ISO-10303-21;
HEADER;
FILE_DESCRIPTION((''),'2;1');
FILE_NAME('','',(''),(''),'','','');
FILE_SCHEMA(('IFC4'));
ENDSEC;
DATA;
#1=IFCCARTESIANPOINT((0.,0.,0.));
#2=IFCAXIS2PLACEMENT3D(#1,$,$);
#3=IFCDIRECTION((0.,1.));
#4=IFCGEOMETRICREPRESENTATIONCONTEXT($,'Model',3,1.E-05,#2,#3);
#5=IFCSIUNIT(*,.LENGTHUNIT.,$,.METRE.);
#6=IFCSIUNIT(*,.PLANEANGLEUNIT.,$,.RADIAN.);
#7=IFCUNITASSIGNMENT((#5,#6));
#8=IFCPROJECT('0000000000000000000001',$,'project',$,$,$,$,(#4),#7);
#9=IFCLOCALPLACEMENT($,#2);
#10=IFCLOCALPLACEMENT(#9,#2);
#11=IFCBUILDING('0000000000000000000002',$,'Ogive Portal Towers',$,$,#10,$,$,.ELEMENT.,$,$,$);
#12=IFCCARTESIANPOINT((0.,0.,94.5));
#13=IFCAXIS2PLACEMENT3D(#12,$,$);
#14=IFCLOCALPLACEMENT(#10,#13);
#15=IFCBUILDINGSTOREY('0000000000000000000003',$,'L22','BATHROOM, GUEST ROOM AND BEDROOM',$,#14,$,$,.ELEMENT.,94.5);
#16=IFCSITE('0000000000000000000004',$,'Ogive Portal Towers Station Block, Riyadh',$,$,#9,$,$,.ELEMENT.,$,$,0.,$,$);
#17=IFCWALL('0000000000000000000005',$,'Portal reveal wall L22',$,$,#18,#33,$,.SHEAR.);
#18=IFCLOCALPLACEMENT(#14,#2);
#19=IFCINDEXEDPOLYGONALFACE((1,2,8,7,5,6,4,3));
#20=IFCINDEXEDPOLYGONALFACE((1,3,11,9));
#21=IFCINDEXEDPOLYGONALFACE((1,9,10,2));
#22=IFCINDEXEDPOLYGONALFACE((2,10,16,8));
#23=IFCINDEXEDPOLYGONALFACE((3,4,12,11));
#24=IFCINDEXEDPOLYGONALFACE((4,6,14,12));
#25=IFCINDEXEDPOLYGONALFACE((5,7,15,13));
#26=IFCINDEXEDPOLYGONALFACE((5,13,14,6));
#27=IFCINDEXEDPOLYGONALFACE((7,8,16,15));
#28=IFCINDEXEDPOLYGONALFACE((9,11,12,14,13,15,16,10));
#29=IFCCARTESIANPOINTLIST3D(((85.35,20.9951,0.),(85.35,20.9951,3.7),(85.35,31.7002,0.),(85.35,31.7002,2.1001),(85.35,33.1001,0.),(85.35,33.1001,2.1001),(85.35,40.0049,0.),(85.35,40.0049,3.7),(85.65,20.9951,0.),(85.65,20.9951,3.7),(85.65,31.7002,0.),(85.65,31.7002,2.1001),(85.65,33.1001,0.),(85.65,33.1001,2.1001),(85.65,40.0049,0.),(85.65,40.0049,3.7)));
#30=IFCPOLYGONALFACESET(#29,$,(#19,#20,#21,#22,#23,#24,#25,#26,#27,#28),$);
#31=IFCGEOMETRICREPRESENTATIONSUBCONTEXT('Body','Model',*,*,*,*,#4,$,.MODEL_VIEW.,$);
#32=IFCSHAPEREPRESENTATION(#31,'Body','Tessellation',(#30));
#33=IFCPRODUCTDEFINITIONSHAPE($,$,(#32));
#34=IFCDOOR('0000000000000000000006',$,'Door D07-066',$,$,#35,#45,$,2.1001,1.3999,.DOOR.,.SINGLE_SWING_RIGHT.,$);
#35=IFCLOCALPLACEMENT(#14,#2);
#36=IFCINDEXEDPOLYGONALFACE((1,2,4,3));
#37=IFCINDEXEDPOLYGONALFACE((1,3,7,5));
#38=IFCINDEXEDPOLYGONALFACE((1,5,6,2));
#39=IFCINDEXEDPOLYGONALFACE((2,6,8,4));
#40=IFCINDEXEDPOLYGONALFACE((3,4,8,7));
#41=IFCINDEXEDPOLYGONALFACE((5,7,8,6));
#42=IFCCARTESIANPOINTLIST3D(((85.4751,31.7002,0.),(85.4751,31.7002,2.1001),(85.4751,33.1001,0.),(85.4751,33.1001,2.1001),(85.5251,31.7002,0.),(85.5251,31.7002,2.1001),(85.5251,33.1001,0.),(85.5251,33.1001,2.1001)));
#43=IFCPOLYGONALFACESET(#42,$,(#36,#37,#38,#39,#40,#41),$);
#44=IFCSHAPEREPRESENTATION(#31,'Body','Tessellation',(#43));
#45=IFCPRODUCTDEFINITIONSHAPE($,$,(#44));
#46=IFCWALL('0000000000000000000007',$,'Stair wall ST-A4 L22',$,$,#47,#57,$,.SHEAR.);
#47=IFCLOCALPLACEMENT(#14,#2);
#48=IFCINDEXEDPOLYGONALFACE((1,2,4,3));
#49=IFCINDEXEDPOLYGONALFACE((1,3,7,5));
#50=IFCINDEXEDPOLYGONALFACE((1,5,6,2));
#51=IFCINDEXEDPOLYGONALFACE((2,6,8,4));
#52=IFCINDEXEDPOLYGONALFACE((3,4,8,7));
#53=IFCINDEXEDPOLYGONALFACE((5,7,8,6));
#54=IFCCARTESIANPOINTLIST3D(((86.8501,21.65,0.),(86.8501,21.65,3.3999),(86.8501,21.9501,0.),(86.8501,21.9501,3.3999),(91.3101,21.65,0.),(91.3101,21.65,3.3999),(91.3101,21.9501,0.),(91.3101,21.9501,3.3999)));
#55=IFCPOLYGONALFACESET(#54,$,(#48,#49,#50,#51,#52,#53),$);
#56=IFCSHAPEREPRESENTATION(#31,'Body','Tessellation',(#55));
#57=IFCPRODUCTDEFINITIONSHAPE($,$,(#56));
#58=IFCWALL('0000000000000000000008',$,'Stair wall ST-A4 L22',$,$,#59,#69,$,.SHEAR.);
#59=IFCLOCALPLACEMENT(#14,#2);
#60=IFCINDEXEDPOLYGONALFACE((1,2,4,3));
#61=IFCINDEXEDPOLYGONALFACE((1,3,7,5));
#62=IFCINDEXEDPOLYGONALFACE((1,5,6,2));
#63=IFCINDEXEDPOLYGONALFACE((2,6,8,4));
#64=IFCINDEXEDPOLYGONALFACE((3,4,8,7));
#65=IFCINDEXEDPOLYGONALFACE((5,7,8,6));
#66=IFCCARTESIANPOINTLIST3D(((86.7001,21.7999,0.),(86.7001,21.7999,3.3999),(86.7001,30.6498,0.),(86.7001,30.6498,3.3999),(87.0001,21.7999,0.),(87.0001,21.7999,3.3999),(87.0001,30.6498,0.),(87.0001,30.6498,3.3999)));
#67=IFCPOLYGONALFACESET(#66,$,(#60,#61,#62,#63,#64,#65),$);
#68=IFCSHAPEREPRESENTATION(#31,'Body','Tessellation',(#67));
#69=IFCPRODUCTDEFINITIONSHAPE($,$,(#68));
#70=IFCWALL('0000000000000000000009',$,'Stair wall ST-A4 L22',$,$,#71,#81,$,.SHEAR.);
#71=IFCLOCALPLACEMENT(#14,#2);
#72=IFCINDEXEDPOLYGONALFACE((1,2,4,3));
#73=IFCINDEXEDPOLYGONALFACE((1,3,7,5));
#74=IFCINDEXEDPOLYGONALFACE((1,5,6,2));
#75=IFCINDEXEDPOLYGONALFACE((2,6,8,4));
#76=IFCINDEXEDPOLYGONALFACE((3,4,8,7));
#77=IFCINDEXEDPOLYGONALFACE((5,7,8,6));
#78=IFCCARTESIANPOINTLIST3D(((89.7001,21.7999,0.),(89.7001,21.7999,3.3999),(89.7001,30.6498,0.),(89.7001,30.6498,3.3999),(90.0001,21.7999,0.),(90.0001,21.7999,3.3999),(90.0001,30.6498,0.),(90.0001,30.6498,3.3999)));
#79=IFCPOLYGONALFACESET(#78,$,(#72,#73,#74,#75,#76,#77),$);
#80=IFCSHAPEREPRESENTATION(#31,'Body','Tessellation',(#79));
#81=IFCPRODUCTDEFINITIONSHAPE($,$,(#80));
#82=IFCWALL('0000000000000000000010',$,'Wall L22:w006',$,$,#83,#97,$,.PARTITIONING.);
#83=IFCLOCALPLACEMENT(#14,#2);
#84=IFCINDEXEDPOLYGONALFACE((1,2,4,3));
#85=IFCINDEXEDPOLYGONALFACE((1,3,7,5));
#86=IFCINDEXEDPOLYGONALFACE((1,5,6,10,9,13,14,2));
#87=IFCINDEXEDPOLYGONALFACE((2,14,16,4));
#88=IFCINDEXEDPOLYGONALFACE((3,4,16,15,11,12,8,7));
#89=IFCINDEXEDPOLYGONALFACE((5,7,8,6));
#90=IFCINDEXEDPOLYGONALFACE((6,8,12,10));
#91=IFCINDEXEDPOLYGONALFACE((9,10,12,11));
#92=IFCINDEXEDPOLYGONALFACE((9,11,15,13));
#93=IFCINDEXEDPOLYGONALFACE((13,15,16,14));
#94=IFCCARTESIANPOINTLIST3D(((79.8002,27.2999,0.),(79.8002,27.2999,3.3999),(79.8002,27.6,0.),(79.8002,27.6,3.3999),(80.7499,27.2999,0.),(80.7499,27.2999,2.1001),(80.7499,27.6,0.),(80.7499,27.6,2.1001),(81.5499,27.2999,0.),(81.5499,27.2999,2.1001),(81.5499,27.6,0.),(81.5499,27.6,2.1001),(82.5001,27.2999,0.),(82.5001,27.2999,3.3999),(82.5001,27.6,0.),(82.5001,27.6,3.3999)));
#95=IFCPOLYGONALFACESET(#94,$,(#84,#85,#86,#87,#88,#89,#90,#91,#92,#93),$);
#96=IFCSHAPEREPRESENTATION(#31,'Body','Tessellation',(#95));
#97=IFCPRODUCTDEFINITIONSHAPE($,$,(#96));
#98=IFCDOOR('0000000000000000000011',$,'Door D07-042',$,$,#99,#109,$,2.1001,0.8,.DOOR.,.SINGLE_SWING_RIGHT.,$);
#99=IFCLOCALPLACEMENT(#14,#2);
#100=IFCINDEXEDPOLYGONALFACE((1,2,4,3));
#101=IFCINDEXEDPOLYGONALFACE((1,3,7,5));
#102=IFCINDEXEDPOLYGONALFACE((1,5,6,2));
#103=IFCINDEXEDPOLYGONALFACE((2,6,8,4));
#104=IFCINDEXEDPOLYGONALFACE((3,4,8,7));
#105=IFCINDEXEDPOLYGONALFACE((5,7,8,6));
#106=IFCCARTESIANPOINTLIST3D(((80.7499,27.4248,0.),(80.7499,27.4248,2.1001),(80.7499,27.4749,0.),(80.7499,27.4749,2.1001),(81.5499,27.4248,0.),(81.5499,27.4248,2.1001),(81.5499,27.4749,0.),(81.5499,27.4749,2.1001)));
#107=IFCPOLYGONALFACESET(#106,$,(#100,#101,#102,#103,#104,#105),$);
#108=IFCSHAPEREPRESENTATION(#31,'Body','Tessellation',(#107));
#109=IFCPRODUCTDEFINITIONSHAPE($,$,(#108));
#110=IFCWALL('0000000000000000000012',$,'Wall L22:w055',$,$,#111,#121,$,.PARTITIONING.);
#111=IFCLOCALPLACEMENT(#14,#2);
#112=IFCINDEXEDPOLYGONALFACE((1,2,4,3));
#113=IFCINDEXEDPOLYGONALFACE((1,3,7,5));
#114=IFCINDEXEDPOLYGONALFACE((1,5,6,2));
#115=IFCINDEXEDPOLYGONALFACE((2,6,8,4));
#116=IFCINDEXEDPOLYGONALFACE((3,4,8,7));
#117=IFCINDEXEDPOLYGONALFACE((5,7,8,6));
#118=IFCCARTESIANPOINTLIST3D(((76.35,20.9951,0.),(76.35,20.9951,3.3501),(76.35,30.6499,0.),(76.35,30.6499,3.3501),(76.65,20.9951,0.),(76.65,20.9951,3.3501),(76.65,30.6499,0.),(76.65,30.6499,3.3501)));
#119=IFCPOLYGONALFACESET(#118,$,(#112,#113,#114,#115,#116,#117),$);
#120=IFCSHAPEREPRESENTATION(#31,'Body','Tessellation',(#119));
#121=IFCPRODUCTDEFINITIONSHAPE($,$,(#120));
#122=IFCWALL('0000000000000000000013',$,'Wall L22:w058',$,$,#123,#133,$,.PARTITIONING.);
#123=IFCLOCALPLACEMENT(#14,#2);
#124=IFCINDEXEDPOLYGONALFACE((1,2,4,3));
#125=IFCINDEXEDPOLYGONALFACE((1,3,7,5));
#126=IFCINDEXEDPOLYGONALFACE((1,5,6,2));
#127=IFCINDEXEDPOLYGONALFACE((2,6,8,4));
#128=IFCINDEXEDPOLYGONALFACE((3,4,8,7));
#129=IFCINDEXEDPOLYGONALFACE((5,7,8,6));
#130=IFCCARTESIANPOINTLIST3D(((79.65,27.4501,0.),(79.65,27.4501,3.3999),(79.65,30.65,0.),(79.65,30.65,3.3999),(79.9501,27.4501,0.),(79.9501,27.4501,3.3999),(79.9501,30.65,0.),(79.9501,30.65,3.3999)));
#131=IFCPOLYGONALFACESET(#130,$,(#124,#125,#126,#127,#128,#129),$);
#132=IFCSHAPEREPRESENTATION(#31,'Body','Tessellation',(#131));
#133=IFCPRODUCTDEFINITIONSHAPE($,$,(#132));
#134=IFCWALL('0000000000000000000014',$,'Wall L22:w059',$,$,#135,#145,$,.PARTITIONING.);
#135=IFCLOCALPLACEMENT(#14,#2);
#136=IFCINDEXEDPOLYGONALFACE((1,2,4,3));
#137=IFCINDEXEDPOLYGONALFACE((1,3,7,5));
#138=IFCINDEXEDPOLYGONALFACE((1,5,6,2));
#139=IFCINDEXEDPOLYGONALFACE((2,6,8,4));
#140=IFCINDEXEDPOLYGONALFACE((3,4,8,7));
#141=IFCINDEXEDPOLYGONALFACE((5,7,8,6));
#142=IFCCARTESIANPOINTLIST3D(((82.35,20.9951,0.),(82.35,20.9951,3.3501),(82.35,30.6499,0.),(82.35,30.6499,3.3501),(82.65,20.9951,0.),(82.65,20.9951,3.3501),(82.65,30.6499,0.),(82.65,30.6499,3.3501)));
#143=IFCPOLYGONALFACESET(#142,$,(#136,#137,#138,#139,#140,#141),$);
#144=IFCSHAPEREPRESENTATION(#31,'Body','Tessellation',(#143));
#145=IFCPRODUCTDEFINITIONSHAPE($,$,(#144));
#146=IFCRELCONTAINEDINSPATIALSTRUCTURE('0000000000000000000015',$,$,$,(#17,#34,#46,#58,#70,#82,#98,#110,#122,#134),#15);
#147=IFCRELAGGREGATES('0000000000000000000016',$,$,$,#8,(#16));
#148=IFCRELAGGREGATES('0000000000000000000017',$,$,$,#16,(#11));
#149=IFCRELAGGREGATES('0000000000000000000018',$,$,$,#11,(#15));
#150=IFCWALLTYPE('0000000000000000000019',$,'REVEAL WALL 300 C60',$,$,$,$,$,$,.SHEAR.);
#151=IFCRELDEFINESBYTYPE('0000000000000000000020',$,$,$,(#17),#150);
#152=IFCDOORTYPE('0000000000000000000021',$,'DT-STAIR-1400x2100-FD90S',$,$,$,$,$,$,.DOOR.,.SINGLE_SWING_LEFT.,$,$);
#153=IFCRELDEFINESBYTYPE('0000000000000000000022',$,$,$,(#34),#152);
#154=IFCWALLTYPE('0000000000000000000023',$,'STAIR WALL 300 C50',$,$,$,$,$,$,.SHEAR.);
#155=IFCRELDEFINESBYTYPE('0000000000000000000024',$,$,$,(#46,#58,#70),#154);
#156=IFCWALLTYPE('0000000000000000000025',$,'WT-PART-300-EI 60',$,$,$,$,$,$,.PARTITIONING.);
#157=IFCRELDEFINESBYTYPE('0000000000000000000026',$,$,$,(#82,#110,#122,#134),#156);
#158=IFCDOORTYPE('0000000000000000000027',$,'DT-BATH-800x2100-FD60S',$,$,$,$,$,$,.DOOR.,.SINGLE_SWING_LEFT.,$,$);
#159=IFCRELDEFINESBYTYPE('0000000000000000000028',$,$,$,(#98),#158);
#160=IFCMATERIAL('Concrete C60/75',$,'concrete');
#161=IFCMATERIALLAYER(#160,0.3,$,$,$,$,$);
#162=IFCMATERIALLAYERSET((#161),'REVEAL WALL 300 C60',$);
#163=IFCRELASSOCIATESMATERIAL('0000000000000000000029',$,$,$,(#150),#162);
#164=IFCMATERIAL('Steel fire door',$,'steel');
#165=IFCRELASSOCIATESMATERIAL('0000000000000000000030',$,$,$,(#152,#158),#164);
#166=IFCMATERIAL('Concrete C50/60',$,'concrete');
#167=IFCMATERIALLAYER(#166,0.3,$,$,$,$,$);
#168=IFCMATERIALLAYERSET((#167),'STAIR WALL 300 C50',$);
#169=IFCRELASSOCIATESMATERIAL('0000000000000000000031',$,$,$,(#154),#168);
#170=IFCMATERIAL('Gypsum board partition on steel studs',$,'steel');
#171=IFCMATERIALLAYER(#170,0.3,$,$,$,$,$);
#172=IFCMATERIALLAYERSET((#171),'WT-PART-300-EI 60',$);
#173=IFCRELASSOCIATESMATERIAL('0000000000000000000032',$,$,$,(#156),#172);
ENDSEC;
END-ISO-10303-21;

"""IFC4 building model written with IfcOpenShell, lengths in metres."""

from ifc_helpers import new_model, si_unit, direction, frame, frame_2d, origin, place, context, subcontext, project, spatial, rectangle, extrude, material, layer, layer_set, type_object, element, fill, save


model = new_model("IFC4")

# Units and contexts
model_context = context("Model", 3, precision=1e-05, world=origin(), true_north=direction((0.0, 1.0)))
body_context = subcontext(model_context, "Body", "Model", "MODEL_VIEW")
ifc_project = project(units=[si_unit("LENGTHUNIT", "METRE"), si_unit("PLANEANGLEUNIT", "RADIAN")], contexts=[model_context])

# Site, building, storey
site_placement = place(None, origin())
site = spatial("IfcSite", under=ifc_project, at=site_placement, Name="Ogive Portal Towers Station Block, Riyadh", CompositionType="ELEMENT", RefElevation=0.0)
building_placement = place(site_placement, origin())
building = spatial("IfcBuilding", under=site, at=building_placement, Name="Ogive Portal Towers", CompositionType="ELEMENT")
storey_placement = place(building_placement, frame((0.0, 0.0, 94.5)))
storey = spatial("IfcBuildingStorey", under=building, at=storey_placement, Name="L22", Description="BATHROOM, GUEST ROOM AND BEDROOM", CompositionType="ELEMENT", Elevation=94.5)

# Shared definitions
ifc_material_1 = material(Name="Concrete C60/75", Category="concrete")

# Wall, opening, door
ifc_layer_1 = layer(ifc_material_1, 0.3)
ifc_layer_set_1 = layer_set([ifc_layer_1], Name="REVEAL WALL 300 C60")
wall_type_1 = type_object("IfcWallType", Name="REVEAL WALL 300 C60", PredefinedType="SHEAR", material=ifc_layer_set_1)
wall_1_placement = place(storey_placement, frame((85.5, 20.9951, 0.0), z_axis=(0.0, 0.0, 1.0), x_axis=(0.0, 1.0, 0.0)))
wall_1 = element("IfcWall", 1, at=wall_1_placement, inside=storey, type_object=wall_type_1, Name="Portal reveal wall L22", PredefinedType="SHEAR", context=body_context, shape_type="SweptSolid", body=[
    extrude(rectangle(XDim=19.0098, YDim=0.3, at=frame_2d((9.5049, 0.0))), origin(), (0.0, 0.0, 1.0), 3.7),
])
opening_1_placement = place(wall_1_placement, frame((10.7051, 0.0, 0.0)))
opening_1 = element("IfcOpeningElement", 2, at=opening_1_placement, cuts=wall_1, PredefinedType="OPENING", context=body_context, shape_type="SweptSolid", body=[
    extrude(rectangle(XDim=1.3999, YDim=2.1001, at=frame_2d((0.7, 1.05))), frame((0.0, 0.1602, 0.0), z_axis=(0.0, -1.0, 0.0), x_axis=(1.0, 0.0, 0.0)), (0.0, 0.0, 1.0), 0.3201),
])
ifc_material_2 = material(Name="Steel fire door", Category="steel")
door_type_1 = type_object("IfcDoorType", Name="DT-STAIR-1400x2100-FD90S", OperationType="SINGLE_SWING_LEFT", PredefinedType="DOOR", material=ifc_material_2)
door_1_placement = place(opening_1_placement, origin())
door_1 = element("IfcDoor", 3, at=door_1_placement, inside=storey, type_object=door_type_1, Name="Door D07-066", OperationType="SINGLE_SWING_RIGHT", OverallHeight=2.1001, OverallWidth=1.3999, PredefinedType="DOOR", context=body_context, shape_type="SweptSolid", body=[
    extrude(rectangle(XDim=1.3999, YDim=2.1001, at=frame_2d((0.7, 1.05))), frame((0.0, 0.0249, 0.0), z_axis=(0.0, -1.0, 0.0), x_axis=(1.0, 0.0, 0.0)), (0.0, 0.0, 1.0), 0.05),
])
fill(opening_1, door_1)

# Walls
ifc_material_3 = material(Name="Concrete C50/60", Category="concrete")
ifc_layer_2 = layer(ifc_material_3, 0.3)
ifc_layer_set_2 = layer_set([ifc_layer_2], Name="STAIR WALL 300 C50")
wall_type_2 = type_object("IfcWallType", Name="STAIR WALL 300 C50", PredefinedType="SHEAR", material=ifc_layer_set_2)
wall_2_placement = place(storey_placement, frame((86.8501, 21.8, 0.0), z_axis=(0.0, 0.0, 1.0), x_axis=(1.0, 0.0, 0.0)))
element("IfcWall", 4, at=wall_2_placement, inside=storey, type_object=wall_type_2, Name="Stair wall ST-A4 L22", PredefinedType="SHEAR", context=body_context, shape_type="SweptSolid", body=[
    extrude(rectangle(XDim=4.46, YDim=0.3, at=frame_2d((2.23, 0.0))), origin(), (0.0, 0.0, 1.0), 3.3999),
])
for number, where, z_axis, x_axis, name in (
    (5, (86.8501, 21.8, 0.0), (0.0, 0.0, 1.0), (0.0, 1.0, 0.0), "Stair wall ST-A4 L22"),
    (6, (89.8501, 21.8, 0.0), (0.0, 0.0, 1.0), (0.0, 1.0, 0.0), "Stair wall ST-A4 L22"),
):
    element("IfcWall", number, at=place(storey_placement, frame(where, z_axis=z_axis, x_axis=x_axis)), inside=storey, type_object=wall_type_2, Name=name, PredefinedType="SHEAR", context=body_context, shape_type="SweptSolid", body=[
        extrude(rectangle(XDim=8.8499, YDim=0.3, at=frame_2d((4.4248, 0.0))), origin(), (0.0, 0.0, 1.0), 3.3999),
    ])

# Wall, opening, door
ifc_material_4 = material(Name="Gypsum board partition on steel studs", Category="steel")
ifc_layer_3 = layer(ifc_material_4, 0.3)
ifc_layer_set_3 = layer_set([ifc_layer_3], Name="WT-PART-300-EI 60")
wall_type_3 = type_object("IfcWallType", Name="WT-PART-300-EI 60", PredefinedType="PARTITIONING", material=ifc_layer_set_3)
wall_3_placement = place(storey_placement, frame((79.8, 27.45, 0.0), z_axis=(0.0, 0.0, 1.0), x_axis=(1.0, 0.0, 0.0)))
wall_3 = element("IfcWall", 7, at=wall_3_placement, inside=storey, type_object=wall_type_3, Name="Wall L22:w006", PredefinedType="PARTITIONING", context=body_context, shape_type="SweptSolid", body=[
    extrude(rectangle(XDim=2.7, YDim=0.3, at=frame_2d((1.3501, 0.0))), origin(), (0.0, 0.0, 1.0), 3.3999),
])
opening_2_placement = place(wall_3_placement, frame((0.95, 0.0, 0.0)))
opening_2 = element("IfcOpeningElement", 8, at=opening_2_placement, cuts=wall_3, PredefinedType="OPENING", context=body_context, shape_type="SweptSolid", body=[
    extrude(rectangle(XDim=0.8, YDim=2.1001, at=frame_2d((0.3999, 1.05))), frame((0.0, 0.1602, 0.0), z_axis=(0.0, -1.0, 0.0), x_axis=(1.0, 0.0, 0.0)), (0.0, 0.0, 1.0), 0.3201),
])
door_type_2 = type_object("IfcDoorType", Name="DT-BATH-800x2100-FD60S", OperationType="SINGLE_SWING_LEFT", PredefinedType="DOOR", material=ifc_material_2)
door_2_placement = place(opening_2_placement, origin())
door_2 = element("IfcDoor", 9, at=door_2_placement, inside=storey, type_object=door_type_2, Name="Door D07-042", OperationType="SINGLE_SWING_RIGHT", OverallHeight=2.1001, OverallWidth=0.8, PredefinedType="DOOR", context=body_context, shape_type="SweptSolid", body=[
    extrude(rectangle(XDim=0.8, YDim=2.1001, at=frame_2d((0.3999, 1.05))), frame((0.0, 0.0249, 0.0), z_axis=(0.0, -1.0, 0.0), x_axis=(1.0, 0.0, 0.0)), (0.0, 0.0, 1.0), 0.05),
])
fill(opening_2, door_2)

# Walls
wall_4_placement = place(storey_placement, frame((76.5, 20.9951, 0.0), z_axis=(0.0, 0.0, 1.0), x_axis=(0.0, 1.0, 0.0)))
element("IfcWall", 10, at=wall_4_placement, inside=storey, type_object=wall_type_3, Name="Wall L22:w055", PredefinedType="PARTITIONING", context=body_context, shape_type="SweptSolid", body=[
    extrude(rectangle(XDim=9.6548, YDim=0.3, at=frame_2d((4.8274, 0.0))), origin(), (0.0, 0.0, 1.0), 3.3501),
])
wall_5_placement = place(storey_placement, frame((79.8, 27.45, 0.0), z_axis=(0.0, 0.0, 1.0), x_axis=(0.0, 1.0, 0.0)))
element("IfcWall", 11, at=wall_5_placement, inside=storey, type_object=wall_type_3, Name="Wall L22:w058", PredefinedType="PARTITIONING", context=body_context, shape_type="SweptSolid", body=[
    extrude(rectangle(XDim=3.2, YDim=0.3, at=frame_2d((1.6001, 0.0))), origin(), (0.0, 0.0, 1.0), 3.3999),
])
wall_6_placement = place(storey_placement, frame((82.5, 20.9951, 0.0), z_axis=(0.0, 0.0, 1.0), x_axis=(0.0, 1.0, 0.0)))
element("IfcWall", 12, at=wall_6_placement, inside=storey, type_object=wall_type_3, Name="Wall L22:w059", PredefinedType="PARTITIONING", context=body_context, shape_type="SweptSolid", body=[
    extrude(rectangle(XDim=9.6548, YDim=0.3, at=frame_2d((4.8274, 0.0))), origin(), (0.0, 0.0, 1.0), 3.3501),
])

save(model, "model.ifc")
